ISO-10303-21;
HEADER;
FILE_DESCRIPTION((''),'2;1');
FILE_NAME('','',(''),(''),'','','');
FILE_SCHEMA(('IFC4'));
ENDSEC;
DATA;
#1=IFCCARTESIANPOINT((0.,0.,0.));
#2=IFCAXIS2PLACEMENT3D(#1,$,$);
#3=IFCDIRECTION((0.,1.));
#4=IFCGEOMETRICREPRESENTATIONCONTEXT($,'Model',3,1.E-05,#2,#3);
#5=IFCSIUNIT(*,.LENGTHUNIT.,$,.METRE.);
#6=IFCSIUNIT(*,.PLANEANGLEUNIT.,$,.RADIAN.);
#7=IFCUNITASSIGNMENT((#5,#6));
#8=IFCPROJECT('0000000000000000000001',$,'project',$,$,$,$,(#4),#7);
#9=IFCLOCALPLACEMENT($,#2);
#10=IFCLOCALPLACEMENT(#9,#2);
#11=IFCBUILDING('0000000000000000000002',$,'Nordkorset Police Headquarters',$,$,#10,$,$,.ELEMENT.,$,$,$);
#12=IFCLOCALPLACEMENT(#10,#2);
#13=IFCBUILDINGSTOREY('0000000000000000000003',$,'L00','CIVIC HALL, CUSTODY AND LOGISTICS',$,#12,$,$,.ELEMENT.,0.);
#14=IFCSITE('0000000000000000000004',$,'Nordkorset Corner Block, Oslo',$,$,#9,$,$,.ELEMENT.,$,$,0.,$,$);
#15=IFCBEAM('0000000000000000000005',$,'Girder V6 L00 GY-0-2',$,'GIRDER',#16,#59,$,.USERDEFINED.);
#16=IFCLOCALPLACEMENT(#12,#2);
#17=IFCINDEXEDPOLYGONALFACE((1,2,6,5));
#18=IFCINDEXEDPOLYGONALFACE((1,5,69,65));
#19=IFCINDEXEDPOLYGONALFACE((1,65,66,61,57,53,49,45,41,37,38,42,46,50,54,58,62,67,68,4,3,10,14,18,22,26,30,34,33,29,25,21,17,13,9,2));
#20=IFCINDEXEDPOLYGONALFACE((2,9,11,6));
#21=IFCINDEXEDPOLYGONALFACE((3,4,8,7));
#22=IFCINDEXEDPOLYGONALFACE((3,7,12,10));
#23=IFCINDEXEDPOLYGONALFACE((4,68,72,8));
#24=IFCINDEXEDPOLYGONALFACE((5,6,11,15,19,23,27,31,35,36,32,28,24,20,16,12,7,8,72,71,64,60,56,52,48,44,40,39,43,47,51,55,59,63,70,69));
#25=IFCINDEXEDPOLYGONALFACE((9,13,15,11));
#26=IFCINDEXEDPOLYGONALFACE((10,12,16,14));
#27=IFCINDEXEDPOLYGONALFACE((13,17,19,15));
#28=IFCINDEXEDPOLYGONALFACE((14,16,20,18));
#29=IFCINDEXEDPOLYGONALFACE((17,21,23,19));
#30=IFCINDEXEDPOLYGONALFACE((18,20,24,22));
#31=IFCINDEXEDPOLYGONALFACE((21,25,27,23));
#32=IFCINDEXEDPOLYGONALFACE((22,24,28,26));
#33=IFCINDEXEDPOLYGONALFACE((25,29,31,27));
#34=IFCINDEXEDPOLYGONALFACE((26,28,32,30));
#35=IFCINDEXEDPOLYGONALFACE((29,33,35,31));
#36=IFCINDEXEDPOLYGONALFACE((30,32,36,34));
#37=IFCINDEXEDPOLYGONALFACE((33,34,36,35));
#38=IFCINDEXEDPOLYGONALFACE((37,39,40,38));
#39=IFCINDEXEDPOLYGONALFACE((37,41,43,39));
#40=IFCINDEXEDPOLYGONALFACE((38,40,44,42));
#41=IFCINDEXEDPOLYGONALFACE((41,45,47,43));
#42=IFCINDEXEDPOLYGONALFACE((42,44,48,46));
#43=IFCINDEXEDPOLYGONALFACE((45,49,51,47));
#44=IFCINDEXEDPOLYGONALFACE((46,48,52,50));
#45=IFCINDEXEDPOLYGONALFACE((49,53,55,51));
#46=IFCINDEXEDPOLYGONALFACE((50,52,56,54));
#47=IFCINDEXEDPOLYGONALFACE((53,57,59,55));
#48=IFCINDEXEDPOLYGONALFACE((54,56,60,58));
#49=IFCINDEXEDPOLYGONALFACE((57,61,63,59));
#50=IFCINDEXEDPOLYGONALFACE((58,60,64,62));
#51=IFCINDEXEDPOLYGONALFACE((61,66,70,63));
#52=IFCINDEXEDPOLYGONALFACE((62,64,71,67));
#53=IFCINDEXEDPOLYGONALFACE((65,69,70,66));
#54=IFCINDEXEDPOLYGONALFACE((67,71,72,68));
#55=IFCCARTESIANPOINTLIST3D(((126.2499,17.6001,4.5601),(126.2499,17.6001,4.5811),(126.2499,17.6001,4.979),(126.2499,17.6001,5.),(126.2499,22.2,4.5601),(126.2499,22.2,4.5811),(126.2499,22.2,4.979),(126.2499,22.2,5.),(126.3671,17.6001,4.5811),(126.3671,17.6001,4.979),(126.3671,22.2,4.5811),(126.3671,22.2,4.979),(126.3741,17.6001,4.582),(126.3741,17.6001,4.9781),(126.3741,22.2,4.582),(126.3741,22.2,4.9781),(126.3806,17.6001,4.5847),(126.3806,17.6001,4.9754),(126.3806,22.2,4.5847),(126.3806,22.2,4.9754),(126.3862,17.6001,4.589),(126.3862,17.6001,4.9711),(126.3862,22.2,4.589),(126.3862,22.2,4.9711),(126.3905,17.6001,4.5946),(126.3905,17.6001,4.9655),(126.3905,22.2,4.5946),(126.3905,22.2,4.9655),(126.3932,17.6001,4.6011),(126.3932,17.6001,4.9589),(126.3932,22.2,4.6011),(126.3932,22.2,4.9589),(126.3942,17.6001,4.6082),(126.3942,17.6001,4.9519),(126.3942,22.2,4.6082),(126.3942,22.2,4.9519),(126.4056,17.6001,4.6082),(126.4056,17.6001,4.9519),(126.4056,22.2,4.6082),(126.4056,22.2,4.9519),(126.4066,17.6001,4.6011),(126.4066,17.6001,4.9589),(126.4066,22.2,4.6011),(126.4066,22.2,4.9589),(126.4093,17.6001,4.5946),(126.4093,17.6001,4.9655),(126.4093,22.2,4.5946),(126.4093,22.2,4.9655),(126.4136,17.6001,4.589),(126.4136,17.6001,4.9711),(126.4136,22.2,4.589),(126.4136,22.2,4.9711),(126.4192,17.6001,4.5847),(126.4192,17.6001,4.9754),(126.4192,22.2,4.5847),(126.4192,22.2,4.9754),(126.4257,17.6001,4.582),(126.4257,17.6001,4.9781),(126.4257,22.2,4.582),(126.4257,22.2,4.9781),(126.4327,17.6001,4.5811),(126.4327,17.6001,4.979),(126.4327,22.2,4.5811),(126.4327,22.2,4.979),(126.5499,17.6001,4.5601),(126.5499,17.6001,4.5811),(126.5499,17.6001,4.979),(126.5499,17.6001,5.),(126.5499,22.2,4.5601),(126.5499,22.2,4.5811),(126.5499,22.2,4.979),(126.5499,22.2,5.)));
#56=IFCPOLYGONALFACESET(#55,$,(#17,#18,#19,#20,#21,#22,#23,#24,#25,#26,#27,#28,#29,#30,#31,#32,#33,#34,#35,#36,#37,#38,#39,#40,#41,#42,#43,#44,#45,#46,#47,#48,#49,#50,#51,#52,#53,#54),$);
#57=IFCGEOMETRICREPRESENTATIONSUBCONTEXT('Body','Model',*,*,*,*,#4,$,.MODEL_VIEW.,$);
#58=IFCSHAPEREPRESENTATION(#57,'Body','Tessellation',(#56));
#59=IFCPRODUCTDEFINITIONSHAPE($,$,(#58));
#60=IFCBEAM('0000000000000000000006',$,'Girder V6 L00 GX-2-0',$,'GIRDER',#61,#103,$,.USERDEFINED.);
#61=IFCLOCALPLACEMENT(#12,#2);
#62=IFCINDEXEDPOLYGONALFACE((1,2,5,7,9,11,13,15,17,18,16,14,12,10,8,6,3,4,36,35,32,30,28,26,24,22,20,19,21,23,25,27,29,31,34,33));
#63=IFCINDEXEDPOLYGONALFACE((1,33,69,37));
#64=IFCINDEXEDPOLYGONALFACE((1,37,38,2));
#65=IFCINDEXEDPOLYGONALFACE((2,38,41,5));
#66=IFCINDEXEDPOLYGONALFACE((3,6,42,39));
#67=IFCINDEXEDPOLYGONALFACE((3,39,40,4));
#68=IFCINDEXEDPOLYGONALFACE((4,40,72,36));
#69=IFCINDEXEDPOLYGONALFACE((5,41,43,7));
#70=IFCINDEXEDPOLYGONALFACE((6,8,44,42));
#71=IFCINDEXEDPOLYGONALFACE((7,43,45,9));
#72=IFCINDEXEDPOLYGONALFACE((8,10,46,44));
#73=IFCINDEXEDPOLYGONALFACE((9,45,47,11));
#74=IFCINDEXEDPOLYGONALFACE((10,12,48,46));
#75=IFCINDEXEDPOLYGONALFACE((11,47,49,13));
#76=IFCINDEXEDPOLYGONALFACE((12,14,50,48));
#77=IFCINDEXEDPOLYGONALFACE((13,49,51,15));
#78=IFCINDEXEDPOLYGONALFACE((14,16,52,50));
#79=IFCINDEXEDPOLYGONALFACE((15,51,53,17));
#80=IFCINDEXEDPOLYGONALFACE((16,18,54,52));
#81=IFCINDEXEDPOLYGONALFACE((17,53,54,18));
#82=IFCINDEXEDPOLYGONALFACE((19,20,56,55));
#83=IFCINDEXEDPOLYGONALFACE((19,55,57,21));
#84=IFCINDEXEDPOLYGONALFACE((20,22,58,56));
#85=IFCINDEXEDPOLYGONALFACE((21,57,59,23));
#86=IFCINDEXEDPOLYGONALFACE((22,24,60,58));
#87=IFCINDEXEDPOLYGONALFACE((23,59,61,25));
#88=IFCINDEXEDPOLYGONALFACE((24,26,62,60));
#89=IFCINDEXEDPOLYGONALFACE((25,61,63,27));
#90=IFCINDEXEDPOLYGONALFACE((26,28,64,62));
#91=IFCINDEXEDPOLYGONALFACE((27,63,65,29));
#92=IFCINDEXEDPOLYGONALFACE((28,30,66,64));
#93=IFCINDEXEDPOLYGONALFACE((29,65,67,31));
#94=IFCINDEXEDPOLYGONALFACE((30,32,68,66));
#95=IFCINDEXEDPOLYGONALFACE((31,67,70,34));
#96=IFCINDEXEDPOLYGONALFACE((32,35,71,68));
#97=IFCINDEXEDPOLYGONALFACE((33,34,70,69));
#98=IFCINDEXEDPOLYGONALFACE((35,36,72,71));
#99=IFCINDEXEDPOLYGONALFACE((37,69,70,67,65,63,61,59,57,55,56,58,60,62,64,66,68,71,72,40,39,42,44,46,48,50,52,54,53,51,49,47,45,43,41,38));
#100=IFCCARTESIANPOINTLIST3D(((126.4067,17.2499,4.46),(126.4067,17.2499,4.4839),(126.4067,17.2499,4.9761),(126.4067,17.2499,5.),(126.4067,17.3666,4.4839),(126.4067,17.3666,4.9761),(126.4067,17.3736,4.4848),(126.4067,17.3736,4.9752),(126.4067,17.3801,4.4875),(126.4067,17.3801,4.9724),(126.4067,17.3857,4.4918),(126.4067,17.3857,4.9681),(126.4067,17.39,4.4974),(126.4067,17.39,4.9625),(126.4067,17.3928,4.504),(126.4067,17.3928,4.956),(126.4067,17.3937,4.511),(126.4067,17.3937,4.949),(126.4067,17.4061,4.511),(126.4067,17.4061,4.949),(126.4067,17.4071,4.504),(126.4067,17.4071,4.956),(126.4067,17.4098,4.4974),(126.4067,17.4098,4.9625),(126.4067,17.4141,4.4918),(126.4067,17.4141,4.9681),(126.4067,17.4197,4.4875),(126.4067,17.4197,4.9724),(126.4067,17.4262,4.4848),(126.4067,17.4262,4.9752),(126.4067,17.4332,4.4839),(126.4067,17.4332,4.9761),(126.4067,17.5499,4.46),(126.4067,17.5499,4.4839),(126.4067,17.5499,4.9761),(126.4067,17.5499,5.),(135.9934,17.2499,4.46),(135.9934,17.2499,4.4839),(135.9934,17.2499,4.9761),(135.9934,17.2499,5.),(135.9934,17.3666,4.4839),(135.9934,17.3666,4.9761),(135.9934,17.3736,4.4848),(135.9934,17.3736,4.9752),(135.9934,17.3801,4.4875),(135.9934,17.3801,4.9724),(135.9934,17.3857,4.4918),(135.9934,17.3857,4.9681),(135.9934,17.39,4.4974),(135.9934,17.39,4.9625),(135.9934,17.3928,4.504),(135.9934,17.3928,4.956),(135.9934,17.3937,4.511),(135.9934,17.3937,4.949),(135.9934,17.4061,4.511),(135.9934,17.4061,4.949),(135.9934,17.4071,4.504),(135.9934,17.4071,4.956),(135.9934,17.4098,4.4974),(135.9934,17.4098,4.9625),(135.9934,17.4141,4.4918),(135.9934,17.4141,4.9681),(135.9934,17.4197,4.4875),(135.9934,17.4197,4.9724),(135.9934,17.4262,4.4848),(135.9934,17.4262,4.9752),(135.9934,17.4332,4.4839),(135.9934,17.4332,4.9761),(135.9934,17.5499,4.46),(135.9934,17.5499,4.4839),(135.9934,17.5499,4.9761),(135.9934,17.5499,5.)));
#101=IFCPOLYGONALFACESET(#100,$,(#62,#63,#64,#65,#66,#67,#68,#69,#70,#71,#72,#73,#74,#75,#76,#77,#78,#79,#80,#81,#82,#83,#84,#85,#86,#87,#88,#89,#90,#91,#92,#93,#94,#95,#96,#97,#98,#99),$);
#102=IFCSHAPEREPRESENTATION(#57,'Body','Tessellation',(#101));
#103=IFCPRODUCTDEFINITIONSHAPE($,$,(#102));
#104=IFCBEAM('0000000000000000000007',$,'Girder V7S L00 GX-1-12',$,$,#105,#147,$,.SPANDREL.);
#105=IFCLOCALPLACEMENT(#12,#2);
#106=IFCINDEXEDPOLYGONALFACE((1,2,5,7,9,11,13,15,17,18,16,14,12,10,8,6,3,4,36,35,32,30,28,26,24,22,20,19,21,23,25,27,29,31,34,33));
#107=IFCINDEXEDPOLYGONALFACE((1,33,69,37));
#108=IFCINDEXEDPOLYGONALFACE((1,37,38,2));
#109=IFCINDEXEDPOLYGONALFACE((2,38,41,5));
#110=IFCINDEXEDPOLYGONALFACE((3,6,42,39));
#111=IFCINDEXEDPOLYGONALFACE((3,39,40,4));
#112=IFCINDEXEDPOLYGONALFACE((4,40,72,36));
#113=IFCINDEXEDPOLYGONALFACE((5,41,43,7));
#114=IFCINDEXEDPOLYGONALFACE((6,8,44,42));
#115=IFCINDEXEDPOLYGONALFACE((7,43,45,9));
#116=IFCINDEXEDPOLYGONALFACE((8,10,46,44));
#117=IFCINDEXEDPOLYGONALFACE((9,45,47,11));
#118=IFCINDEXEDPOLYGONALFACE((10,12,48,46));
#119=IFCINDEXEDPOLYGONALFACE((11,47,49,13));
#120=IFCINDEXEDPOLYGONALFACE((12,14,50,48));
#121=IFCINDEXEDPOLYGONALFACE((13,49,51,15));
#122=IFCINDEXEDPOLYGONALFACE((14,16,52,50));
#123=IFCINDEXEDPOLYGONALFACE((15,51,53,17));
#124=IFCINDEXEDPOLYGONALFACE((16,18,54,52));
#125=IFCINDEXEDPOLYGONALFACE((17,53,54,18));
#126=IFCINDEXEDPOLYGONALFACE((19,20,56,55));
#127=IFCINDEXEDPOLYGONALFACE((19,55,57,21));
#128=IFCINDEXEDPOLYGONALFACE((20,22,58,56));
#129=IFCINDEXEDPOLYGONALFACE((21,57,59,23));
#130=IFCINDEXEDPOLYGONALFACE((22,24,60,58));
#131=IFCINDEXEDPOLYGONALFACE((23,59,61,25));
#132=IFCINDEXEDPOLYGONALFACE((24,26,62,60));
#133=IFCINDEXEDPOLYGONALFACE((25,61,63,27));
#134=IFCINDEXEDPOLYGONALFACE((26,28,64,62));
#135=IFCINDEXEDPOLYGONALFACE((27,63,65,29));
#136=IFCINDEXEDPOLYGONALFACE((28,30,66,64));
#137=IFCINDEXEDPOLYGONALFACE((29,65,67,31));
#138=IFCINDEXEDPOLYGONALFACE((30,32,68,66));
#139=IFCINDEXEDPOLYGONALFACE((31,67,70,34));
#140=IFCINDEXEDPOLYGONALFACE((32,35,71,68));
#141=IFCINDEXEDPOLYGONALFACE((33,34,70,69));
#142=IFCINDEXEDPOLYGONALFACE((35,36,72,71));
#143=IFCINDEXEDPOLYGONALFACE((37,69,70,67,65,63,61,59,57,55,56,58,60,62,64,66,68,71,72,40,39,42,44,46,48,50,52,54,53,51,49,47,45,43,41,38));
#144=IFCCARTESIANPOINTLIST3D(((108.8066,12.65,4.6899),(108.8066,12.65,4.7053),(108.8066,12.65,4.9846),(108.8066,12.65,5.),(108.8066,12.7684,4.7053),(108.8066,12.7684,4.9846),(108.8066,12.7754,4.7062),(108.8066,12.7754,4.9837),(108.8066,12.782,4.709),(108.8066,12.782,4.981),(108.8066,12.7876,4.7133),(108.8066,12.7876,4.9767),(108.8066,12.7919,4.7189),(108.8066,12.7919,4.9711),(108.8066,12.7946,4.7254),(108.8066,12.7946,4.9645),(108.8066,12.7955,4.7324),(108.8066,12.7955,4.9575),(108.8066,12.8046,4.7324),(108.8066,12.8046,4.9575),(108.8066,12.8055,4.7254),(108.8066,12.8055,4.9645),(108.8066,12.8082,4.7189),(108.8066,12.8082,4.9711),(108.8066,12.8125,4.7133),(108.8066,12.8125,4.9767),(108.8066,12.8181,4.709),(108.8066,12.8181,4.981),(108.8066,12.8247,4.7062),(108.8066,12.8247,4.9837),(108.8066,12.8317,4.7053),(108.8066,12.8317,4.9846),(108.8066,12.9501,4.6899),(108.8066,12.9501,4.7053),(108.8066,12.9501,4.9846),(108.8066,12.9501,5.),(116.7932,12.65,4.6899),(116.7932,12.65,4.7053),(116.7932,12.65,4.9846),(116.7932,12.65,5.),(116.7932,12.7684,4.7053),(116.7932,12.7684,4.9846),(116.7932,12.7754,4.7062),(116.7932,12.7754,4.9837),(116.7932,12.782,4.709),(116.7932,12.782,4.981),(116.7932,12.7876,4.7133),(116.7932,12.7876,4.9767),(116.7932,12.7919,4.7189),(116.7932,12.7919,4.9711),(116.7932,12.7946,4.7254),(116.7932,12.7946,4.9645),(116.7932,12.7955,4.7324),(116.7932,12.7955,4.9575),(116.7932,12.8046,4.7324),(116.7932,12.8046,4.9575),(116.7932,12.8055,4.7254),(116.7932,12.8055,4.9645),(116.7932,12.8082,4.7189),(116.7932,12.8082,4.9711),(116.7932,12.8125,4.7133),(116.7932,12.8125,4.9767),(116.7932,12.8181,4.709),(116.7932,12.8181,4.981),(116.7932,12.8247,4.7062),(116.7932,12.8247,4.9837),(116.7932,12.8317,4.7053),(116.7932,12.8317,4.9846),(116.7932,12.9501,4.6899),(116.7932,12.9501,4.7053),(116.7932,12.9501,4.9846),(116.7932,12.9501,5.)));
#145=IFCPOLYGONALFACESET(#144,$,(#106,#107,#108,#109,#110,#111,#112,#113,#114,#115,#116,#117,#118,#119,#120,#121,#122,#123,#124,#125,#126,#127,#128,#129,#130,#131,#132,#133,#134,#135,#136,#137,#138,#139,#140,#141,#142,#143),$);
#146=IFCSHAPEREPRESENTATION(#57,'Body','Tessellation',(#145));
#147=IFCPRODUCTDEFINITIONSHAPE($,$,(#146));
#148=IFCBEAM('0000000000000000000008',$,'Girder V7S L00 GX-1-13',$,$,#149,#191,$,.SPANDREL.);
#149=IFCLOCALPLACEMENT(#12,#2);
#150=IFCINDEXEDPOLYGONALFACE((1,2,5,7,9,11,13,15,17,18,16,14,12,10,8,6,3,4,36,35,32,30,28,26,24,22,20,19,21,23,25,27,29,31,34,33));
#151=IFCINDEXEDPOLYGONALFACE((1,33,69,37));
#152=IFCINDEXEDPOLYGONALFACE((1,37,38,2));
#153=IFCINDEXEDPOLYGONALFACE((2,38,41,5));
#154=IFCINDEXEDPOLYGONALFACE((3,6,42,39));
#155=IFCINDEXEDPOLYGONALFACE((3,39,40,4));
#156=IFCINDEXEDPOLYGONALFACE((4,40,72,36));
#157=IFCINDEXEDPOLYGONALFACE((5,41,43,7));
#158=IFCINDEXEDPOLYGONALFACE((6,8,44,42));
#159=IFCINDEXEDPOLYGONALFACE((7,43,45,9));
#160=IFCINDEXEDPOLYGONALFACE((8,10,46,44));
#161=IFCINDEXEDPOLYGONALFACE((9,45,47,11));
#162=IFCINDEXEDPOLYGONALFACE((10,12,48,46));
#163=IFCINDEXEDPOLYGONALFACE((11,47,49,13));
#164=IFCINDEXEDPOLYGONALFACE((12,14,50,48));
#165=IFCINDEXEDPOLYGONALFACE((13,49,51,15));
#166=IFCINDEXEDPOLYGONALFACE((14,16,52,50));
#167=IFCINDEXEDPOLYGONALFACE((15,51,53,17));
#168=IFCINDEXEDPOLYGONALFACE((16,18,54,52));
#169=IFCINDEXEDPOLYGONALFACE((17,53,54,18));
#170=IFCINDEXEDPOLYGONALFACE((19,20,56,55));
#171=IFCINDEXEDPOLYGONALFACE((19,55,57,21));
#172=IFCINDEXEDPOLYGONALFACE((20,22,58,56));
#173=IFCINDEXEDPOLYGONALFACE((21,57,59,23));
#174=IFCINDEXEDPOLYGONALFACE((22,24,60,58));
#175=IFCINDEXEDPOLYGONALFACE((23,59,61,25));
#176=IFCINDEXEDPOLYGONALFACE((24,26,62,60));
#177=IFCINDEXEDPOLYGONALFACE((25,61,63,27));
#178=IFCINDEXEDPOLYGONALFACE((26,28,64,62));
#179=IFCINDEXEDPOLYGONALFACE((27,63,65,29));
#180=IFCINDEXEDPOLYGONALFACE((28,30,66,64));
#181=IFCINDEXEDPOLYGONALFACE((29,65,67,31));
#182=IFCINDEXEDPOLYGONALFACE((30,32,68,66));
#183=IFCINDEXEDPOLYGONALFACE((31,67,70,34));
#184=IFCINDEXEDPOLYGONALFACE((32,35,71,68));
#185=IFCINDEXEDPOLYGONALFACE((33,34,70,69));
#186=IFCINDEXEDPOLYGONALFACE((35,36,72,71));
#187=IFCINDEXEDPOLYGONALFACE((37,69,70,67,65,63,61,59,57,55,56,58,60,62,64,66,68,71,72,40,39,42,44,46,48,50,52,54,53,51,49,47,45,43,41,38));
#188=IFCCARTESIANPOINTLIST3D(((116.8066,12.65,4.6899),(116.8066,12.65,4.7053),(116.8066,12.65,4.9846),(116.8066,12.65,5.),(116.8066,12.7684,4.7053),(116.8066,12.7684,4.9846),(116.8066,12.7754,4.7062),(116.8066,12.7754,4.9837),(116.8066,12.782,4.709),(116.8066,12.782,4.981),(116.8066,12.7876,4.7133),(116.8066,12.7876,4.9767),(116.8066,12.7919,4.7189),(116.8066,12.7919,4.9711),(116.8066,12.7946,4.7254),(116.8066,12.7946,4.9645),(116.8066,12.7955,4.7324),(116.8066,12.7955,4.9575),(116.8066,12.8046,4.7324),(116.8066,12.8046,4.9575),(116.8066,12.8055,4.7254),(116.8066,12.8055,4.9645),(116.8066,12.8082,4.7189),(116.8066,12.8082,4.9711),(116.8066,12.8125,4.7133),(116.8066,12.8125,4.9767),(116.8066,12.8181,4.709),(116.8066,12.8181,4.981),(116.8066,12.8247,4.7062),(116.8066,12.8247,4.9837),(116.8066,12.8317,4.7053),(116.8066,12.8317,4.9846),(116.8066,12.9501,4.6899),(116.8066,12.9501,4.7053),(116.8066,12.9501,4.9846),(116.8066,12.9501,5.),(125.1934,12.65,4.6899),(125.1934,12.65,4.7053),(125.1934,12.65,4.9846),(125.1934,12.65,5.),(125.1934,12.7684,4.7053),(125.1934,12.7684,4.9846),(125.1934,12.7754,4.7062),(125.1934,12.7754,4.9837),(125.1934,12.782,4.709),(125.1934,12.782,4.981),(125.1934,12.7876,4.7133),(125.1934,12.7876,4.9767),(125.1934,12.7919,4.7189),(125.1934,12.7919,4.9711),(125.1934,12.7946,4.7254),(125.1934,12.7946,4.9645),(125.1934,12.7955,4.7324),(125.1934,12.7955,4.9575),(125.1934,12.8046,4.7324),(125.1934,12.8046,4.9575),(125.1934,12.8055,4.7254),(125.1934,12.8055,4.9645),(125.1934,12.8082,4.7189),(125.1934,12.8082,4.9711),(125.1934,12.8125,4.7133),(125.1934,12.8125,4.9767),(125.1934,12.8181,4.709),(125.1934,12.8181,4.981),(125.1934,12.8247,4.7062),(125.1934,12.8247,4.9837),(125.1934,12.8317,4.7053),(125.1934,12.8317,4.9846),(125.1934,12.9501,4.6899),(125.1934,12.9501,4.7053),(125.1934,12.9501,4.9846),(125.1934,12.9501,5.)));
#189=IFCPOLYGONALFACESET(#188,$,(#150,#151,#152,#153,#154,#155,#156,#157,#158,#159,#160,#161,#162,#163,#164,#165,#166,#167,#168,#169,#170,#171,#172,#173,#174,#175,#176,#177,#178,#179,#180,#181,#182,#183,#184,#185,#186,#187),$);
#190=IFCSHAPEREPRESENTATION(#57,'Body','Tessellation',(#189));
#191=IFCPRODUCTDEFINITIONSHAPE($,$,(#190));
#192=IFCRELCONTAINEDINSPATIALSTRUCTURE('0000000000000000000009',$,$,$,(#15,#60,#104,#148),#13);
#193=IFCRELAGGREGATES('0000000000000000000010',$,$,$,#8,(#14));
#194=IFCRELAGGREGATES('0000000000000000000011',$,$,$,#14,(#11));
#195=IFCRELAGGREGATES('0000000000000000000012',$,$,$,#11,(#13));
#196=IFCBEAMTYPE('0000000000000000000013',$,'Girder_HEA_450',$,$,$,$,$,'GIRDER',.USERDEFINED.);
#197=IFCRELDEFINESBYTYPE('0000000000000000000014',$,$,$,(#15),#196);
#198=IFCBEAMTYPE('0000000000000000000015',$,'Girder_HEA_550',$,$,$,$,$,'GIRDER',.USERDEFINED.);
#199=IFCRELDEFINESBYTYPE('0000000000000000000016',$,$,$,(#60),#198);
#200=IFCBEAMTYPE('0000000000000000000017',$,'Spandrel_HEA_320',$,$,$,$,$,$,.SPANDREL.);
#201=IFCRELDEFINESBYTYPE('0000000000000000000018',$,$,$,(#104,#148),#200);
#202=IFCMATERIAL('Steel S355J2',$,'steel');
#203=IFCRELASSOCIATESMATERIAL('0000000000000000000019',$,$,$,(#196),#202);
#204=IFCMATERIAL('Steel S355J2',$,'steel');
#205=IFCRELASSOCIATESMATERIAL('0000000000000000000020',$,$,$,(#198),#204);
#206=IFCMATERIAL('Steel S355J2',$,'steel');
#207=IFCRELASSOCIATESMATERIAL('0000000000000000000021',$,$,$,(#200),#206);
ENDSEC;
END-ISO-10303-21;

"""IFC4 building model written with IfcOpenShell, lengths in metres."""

from ifc_helpers import new_model, si_unit, direction, frame, origin, origin_2d, place, context, subcontext, project, spatial, i_section, extrude, material, material_profile, profile_set, type_object, element, save


model = new_model("IFC4")

# Units and contexts
model_context = context("Model", 3, precision=1e-05, world=origin(), true_north=direction((0.0, 1.0)))
body_context = subcontext(model_context, "Body", "Model", "MODEL_VIEW")
ifc_project = project(units=[si_unit("LENGTHUNIT", "METRE"), si_unit("PLANEANGLEUNIT", "RADIAN")], contexts=[model_context])

# Site, building, storey
site_placement = place(None, origin())
site = spatial("IfcSite", under=ifc_project, at=site_placement, Name="Nordkorset Corner Block, Oslo", CompositionType="ELEMENT", RefElevation=0.0)
building_placement = place(site_placement, origin())
building = spatial("IfcBuilding", under=site, at=building_placement, Name="Nordkorset Police Headquarters", CompositionType="ELEMENT")
storey_placement = place(building_placement, origin())
storey = spatial("IfcBuildingStorey", under=building, at=storey_placement, Name="L00", Description="CIVIC HALL, CUSTODY AND LOGISTICS", CompositionType="ELEMENT", Elevation=0.0)

# Beams
ifc_material_1 = material(Name="Steel S355J2", Category="steel")
ifc_material_profile_1 = material_profile(ifc_material_1, i_section(OverallWidth=0.3, OverallDepth=0.4399, WebThickness=0.0115, FlangeThickness=0.021, FilletRadius=0.0271, at=origin_2d()), Name="HEA 450")
ifc_profile_set_1 = profile_set([ifc_material_profile_1], Name="Steel S355J2")
beam_type_1 = type_object("IfcBeamType", Name="Girder_HEA_450", ElementType="GIRDER", PredefinedType="USERDEFINED", material=ifc_profile_set_1)
beam_1_placement = place(storey_placement, frame((126.3999, 17.6001, 4.78), z_axis=(0.0, 1.0, 0.0), x_axis=(-1.0, 0.0, 0.0)))
element("IfcBeam", 1, at=beam_1_placement, inside=storey, type_object=beam_type_1, Name="Girder V6 L00 GY-0-2", ObjectType="GIRDER", PredefinedType="USERDEFINED", context=body_context, shape_type="SweptSolid", body=[
    extrude(i_section(OverallWidth=0.3, OverallDepth=0.4399, WebThickness=0.0115, FlangeThickness=0.021, FilletRadius=0.0271, at=origin_2d()), origin(), (0.0, 0.0, 1.0), 4.5999),
])
ifc_material_2 = material(Name="Steel S355J2", Category="steel")
ifc_material_profile_2 = material_profile(ifc_material_2, i_section(OverallWidth=0.3, OverallDepth=0.54, WebThickness=0.0125, FlangeThickness=0.0239, FilletRadius=0.0271, at=origin_2d()), Name="HEA 550")
ifc_profile_set_2 = profile_set([ifc_material_profile_2], Name="Steel S355J2")
beam_type_2 = type_object("IfcBeamType", Name="Girder_HEA_550", ElementType="GIRDER", PredefinedType="USERDEFINED", material=ifc_profile_set_2)
beam_2_placement = place(storey_placement, frame((126.4067, 17.3999, 4.73), z_axis=(1.0, 0.0, 0.0), x_axis=(0.0, 1.0, 0.0)))
element("IfcBeam", 2, at=beam_2_placement, inside=storey, type_object=beam_type_2, Name="Girder V6 L00 GX-2-0", ObjectType="GIRDER", PredefinedType="USERDEFINED", context=body_context, shape_type="SweptSolid", body=[
    extrude(i_section(OverallWidth=0.3, OverallDepth=0.54, WebThickness=0.0125, FlangeThickness=0.0239, FilletRadius=0.0271, at=origin_2d()), origin(), (0.0, 0.0, 1.0), 9.5867),
])
ifc_material_3 = material(Name="Steel S355J2", Category="steel")
ifc_material_profile_3 = material_profile(ifc_material_3, i_section(OverallWidth=0.3, OverallDepth=0.3101, WebThickness=0.009, FlangeThickness=0.0154, FilletRadius=0.0271, at=origin_2d()), Name="HEA 320")
ifc_profile_set_3 = profile_set([ifc_material_profile_3], Name="Steel S355J2")
beam_type_3 = type_object("IfcBeamType", Name="Spandrel_HEA_320", PredefinedType="SPANDREL", material=ifc_profile_set_3)
beam_3_placement = place(storey_placement, frame((108.8066, 12.8, 4.845), z_axis=(1.0, 0.0, 0.0), x_axis=(0.0, 1.0, 0.0)))
element("IfcBeam", 3, at=beam_3_placement, inside=storey, type_object=beam_type_3, Name="Girder V7S L00 GX-1-12", PredefinedType="SPANDREL", context=body_context, shape_type="SweptSolid", body=[
    extrude(i_section(OverallWidth=0.3, OverallDepth=0.3101, WebThickness=0.009, FlangeThickness=0.0154, FilletRadius=0.0271, at=origin_2d()), origin(), (0.0, 0.0, 1.0), 7.9866),
])
beam_4_placement = place(storey_placement, frame((116.8066, 12.8, 4.845), z_axis=(1.0, 0.0, 0.0), x_axis=(0.0, 1.0, 0.0)))
element("IfcBeam", 4, at=beam_4_placement, inside=storey, type_object=beam_type_3, Name="Girder V7S L00 GX-1-13", PredefinedType="SPANDREL", context=body_context, shape_type="SweptSolid", body=[
    extrude(i_section(OverallWidth=0.3, OverallDepth=0.3101, WebThickness=0.009, FlangeThickness=0.0154, FilletRadius=0.0271, at=origin_2d()), origin(), (0.0, 0.0, 1.0), 8.3867),
])

save(model, "model.ifc")
